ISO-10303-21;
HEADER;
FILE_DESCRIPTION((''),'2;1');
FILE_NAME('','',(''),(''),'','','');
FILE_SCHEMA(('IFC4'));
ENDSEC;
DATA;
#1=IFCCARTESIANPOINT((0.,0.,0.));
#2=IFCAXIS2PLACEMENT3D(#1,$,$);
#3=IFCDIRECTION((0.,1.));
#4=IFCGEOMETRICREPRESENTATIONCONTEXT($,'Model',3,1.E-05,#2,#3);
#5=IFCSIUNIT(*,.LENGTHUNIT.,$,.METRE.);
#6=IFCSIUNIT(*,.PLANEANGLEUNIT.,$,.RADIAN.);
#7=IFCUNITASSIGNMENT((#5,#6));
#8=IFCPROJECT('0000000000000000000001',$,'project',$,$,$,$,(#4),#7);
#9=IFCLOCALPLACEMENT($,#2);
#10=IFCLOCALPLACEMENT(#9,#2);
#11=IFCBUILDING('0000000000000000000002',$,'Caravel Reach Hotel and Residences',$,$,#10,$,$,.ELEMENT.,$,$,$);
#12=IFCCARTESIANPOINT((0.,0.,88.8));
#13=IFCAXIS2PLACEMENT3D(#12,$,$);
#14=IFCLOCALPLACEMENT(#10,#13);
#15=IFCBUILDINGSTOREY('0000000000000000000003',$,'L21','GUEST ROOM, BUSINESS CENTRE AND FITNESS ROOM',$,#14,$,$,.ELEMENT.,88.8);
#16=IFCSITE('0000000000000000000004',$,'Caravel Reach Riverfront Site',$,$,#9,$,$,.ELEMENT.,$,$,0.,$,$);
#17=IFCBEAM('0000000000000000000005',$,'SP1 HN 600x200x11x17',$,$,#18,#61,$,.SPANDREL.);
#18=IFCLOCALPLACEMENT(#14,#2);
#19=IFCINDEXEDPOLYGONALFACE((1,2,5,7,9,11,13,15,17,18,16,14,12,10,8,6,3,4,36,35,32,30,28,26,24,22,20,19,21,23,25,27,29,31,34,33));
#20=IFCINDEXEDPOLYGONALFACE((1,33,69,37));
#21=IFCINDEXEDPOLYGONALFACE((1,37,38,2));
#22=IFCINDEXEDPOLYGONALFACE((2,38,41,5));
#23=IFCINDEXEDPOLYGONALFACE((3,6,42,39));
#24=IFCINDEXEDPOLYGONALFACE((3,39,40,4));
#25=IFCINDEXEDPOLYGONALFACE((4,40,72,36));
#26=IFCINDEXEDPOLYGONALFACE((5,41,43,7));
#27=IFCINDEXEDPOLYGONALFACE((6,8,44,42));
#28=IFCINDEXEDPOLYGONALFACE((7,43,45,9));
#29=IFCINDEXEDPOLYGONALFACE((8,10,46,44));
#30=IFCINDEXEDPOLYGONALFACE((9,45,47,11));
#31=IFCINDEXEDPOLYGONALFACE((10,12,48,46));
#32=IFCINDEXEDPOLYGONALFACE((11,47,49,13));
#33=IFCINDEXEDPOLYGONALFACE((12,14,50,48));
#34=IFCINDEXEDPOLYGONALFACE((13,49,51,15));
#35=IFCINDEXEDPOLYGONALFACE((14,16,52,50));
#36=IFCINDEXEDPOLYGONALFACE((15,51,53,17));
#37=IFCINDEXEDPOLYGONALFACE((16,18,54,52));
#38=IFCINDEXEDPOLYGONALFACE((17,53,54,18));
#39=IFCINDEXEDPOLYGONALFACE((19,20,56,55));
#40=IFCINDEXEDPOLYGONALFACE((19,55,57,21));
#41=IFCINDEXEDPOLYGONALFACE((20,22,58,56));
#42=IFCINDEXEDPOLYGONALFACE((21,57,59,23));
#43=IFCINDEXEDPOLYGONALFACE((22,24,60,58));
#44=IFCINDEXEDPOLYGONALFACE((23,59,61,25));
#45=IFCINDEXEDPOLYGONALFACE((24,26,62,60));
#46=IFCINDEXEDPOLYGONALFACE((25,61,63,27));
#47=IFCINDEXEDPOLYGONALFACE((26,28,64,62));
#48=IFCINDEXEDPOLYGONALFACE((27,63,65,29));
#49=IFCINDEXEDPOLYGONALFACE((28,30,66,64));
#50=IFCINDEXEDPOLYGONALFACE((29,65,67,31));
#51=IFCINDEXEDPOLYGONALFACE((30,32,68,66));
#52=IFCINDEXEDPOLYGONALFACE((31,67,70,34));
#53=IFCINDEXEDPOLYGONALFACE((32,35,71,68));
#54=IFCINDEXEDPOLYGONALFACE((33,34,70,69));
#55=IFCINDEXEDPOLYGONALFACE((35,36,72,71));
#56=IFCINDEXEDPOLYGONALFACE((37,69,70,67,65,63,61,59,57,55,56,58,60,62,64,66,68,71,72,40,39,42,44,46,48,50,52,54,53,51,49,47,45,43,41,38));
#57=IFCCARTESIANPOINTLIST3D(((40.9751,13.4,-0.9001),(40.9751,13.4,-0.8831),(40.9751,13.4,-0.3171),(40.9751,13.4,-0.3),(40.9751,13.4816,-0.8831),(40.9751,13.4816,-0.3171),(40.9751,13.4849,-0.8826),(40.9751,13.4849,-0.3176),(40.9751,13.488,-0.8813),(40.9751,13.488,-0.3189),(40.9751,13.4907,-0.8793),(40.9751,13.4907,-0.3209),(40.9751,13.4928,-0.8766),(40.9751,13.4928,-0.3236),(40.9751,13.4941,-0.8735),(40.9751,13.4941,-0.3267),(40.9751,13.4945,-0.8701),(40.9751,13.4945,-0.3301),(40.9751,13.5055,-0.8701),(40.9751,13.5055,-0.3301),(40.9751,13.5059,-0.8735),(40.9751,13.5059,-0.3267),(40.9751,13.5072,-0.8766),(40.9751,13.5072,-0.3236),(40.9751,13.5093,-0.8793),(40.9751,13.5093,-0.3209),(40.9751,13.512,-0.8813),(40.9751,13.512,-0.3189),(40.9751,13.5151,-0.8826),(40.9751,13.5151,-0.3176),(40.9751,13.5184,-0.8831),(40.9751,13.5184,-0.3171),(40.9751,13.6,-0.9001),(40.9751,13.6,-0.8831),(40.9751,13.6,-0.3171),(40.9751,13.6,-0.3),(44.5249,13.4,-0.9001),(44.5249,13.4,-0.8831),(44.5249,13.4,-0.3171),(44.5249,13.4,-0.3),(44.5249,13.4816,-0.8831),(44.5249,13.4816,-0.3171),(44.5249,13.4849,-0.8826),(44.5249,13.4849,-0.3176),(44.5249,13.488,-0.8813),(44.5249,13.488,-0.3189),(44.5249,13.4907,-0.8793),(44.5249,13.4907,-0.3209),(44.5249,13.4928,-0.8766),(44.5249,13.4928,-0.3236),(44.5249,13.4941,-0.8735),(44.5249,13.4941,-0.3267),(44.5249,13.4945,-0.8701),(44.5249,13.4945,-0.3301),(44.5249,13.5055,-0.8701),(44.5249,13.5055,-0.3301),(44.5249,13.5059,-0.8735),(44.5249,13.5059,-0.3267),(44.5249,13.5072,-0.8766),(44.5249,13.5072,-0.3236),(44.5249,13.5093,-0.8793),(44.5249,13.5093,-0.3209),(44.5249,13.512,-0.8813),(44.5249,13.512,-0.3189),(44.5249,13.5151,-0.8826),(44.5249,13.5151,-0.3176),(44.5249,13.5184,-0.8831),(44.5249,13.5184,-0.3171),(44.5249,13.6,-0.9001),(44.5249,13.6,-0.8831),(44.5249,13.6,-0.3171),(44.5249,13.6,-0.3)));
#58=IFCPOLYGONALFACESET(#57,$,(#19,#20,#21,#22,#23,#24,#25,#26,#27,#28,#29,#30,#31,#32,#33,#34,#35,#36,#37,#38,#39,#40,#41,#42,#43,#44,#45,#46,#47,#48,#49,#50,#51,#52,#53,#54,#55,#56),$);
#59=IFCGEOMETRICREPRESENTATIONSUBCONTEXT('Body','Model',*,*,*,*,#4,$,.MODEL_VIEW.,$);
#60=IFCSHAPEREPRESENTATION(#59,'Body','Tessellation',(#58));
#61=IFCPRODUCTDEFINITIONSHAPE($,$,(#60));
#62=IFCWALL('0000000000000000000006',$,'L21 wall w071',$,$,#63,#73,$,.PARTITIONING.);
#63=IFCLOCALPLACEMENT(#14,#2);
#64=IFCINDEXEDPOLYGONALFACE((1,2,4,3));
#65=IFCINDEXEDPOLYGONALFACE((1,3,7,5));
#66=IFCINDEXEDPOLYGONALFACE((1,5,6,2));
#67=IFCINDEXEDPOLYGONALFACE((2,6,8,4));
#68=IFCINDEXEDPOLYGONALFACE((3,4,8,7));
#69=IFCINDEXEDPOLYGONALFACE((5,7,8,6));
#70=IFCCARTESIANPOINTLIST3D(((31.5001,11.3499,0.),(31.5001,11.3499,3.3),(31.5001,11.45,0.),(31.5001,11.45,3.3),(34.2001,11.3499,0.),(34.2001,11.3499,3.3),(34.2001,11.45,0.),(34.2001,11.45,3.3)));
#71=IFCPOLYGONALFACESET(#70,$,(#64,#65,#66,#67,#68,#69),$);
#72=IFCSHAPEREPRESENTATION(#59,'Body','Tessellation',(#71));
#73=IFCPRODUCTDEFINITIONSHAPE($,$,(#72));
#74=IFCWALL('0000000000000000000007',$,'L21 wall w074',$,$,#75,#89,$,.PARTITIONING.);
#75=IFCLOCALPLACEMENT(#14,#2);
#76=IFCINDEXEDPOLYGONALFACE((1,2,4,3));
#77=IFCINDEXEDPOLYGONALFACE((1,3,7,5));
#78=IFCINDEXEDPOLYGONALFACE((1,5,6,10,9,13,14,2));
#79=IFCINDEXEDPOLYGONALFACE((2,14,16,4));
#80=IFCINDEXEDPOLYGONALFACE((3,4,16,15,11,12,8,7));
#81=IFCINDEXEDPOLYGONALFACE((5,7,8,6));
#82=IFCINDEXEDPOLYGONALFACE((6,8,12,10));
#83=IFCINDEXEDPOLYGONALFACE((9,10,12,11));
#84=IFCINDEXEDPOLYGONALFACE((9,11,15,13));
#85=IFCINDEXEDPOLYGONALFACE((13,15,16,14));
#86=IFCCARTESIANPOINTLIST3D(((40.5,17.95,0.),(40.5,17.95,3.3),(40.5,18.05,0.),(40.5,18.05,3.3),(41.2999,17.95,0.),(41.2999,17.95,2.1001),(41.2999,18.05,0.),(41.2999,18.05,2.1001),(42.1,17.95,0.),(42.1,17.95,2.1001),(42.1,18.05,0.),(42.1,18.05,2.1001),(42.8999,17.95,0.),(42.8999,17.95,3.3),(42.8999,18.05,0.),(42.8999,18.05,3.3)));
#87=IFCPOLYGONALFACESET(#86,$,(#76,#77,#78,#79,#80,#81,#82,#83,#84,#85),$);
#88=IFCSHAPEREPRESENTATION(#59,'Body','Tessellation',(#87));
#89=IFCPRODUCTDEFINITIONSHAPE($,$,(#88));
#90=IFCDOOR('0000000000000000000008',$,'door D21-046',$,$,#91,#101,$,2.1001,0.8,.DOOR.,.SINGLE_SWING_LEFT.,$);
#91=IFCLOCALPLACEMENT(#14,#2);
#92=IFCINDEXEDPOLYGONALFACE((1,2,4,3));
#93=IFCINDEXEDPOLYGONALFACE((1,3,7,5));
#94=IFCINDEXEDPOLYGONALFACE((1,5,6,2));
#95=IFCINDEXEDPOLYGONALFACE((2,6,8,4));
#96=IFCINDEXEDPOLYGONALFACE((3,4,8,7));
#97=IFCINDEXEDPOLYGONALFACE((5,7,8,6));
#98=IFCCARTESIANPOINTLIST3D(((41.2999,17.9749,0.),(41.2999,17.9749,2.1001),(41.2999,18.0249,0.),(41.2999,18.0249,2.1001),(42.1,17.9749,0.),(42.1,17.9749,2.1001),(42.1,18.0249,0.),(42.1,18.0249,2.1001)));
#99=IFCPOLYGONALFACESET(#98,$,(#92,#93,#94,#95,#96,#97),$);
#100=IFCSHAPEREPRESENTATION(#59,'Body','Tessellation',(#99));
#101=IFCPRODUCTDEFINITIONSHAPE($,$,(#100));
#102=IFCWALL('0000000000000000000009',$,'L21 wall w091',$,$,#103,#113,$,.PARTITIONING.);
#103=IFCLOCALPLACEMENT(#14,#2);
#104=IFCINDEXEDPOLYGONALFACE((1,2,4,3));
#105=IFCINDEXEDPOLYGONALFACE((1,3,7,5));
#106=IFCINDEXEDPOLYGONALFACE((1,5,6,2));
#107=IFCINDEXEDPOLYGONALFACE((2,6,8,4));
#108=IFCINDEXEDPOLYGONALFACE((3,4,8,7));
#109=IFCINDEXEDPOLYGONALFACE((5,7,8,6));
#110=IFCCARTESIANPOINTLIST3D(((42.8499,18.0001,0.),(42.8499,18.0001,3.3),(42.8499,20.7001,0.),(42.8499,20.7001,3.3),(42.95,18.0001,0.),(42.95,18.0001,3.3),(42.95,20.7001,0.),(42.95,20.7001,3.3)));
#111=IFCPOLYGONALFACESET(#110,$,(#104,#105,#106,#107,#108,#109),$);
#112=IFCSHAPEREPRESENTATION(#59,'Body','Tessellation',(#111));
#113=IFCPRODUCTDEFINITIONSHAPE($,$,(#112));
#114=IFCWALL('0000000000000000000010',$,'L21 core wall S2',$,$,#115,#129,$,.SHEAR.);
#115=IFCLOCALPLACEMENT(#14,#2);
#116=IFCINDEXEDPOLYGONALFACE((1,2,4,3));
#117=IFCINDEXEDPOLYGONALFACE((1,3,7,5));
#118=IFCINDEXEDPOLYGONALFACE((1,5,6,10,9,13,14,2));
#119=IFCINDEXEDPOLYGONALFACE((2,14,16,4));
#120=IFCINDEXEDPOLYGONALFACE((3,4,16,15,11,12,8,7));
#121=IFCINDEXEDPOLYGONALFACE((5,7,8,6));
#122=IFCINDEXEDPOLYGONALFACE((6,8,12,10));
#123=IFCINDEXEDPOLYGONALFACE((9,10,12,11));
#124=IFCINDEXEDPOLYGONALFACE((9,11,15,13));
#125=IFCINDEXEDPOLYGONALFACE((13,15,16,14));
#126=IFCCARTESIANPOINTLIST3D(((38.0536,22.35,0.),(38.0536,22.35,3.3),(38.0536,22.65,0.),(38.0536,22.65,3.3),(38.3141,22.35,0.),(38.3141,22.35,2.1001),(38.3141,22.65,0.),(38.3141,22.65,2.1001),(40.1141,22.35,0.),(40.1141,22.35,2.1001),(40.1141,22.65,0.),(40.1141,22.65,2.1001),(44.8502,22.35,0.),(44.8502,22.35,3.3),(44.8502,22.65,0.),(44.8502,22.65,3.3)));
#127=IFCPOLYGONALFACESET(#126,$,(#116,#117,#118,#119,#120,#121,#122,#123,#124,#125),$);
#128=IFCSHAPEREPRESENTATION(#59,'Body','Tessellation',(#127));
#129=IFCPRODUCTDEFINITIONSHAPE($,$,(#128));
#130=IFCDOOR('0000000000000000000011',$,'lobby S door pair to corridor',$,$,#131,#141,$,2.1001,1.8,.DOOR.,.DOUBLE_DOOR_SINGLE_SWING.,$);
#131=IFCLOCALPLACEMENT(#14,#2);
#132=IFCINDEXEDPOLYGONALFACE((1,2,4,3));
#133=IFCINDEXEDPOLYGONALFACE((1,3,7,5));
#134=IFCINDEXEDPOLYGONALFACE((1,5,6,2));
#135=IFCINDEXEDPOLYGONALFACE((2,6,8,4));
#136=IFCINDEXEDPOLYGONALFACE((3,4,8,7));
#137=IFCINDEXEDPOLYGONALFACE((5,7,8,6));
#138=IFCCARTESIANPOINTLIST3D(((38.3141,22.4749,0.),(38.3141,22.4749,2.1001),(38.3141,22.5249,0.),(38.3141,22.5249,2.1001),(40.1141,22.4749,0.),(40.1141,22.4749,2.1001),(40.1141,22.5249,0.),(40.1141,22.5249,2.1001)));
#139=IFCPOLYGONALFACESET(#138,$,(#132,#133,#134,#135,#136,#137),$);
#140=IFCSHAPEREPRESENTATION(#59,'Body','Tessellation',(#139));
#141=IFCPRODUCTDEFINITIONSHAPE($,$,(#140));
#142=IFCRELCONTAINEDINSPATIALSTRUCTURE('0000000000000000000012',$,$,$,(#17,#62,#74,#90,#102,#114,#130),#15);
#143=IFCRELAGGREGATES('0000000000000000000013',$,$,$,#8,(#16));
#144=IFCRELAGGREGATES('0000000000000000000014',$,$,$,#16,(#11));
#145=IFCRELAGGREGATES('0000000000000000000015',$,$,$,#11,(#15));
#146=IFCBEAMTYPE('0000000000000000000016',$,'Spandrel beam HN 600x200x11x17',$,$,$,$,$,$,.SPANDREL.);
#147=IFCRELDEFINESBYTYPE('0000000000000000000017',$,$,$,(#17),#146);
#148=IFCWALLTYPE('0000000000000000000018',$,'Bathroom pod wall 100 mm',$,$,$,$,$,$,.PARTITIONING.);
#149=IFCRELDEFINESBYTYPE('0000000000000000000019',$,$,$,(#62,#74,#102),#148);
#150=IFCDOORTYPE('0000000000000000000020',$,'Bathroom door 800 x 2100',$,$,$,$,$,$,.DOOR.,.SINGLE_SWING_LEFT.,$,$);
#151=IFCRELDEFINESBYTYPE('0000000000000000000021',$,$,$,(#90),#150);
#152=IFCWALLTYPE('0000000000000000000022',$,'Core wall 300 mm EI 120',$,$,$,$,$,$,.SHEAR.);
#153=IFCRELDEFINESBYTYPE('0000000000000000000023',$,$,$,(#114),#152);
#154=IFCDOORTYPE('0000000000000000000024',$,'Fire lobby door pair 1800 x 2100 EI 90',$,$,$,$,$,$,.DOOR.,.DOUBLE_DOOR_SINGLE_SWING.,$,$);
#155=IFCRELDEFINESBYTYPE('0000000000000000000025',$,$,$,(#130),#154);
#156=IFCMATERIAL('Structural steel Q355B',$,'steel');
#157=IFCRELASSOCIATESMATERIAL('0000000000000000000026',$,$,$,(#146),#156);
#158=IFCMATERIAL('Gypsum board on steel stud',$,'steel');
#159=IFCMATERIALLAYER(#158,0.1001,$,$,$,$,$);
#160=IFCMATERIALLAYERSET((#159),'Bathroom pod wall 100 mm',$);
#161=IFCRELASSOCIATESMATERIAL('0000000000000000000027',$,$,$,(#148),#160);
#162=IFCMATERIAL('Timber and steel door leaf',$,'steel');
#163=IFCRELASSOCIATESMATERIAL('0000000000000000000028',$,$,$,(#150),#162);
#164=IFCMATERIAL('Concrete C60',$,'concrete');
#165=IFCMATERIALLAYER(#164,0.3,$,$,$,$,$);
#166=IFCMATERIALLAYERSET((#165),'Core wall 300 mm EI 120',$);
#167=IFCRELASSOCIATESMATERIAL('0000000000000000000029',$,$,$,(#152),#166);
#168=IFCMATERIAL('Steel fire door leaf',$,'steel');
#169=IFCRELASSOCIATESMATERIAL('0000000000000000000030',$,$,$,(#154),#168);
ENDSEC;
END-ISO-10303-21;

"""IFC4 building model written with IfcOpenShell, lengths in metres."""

from ifc_helpers import new_model, si_unit, direction, frame, frame_2d, origin, origin_2d, place, context, subcontext, project, spatial, rectangle, i_section, extrude, material, layer, layer_set, material_profile, profile_set, type_object, element, fill, save


model = new_model("IFC4")

# Units and contexts
model_context = context("Model", 3, precision=1e-05, world=origin(), true_north=direction((0.0, 1.0)))
body_context = subcontext(model_context, "Body", "Model", "MODEL_VIEW")
ifc_project = project(units=[si_unit("LENGTHUNIT", "METRE"), si_unit("PLANEANGLEUNIT", "RADIAN")], contexts=[model_context])

# Site, building, storey
site_placement = place(None, origin())
site = spatial("IfcSite", under=ifc_project, at=site_placement, Name="Caravel Reach Riverfront Site", CompositionType="ELEMENT", RefElevation=0.0)
building_placement = place(site_placement, origin())
building = spatial("IfcBuilding", under=site, at=building_placement, Name="Caravel Reach Hotel and Residences", CompositionType="ELEMENT")
storey_placement = place(building_placement, frame((0.0, 0.0, 88.8)))
storey = spatial("IfcBuildingStorey", under=building, at=storey_placement, Name="L21", Description="GUEST ROOM, BUSINESS CENTRE AND FITNESS ROOM", CompositionType="ELEMENT", Elevation=88.8)

# Beam
ifc_material_1 = material(Name="Structural steel Q355B", Category="steel")
ifc_material_profile_1 = material_profile(ifc_material_1, i_section(OverallWidth=0.2, OverallDepth=0.6001, WebThickness=0.011, FlangeThickness=0.0171, FilletRadius=0.0129, at=origin_2d()), Name="HN 600x200x11x17")
ifc_profile_set_1 = profile_set([ifc_material_profile_1], Name="Structural steel Q355B")
beam_type_1 = type_object("IfcBeamType", Name="Spandrel beam HN 600x200x11x17", PredefinedType="SPANDREL", material=ifc_profile_set_1)
beam_1_placement = place(storey_placement, frame((40.9751, 13.5, -0.6001), z_axis=(1.0, 0.0, 0.0), x_axis=(0.0, 1.0, 0.0)))
element("IfcBeam", 1, at=beam_1_placement, inside=storey, type_object=beam_type_1, Name="SP1 HN 600x200x11x17", PredefinedType="SPANDREL", context=body_context, shape_type="SweptSolid", body=[
    extrude(i_section(OverallWidth=0.2, OverallDepth=0.6001, WebThickness=0.011, FlangeThickness=0.0171, FilletRadius=0.0129, at=origin_2d()), origin(), (0.0, 0.0, 1.0), 3.5498),
])

# Wall
ifc_material_2 = material(Name="Gypsum board on steel stud", Category="steel")
ifc_layer_1 = layer(ifc_material_2, 0.1001)
ifc_layer_set_1 = layer_set([ifc_layer_1], Name="Bathroom pod wall 100 mm")
wall_type_1 = type_object("IfcWallType", Name="Bathroom pod wall 100 mm", PredefinedType="PARTITIONING", material=ifc_layer_set_1)
wall_1_placement = place(storey_placement, frame((31.5, 11.3999, 0.0), z_axis=(0.0, 0.0, 1.0), x_axis=(1.0, 0.0, 0.0)))
element("IfcWall", 2, at=wall_1_placement, inside=storey, type_object=wall_type_1, Name="L21 wall w071", PredefinedType="PARTITIONING", context=body_context, shape_type="SweptSolid", body=[
    extrude(rectangle(XDim=2.7, YDim=0.1001, at=frame_2d((1.3501, 0.0))), origin(), (0.0, 0.0, 1.0), 3.3),
])

# Wall, opening, door
wall_2_placement = place(storey_placement, frame((40.5, 18.0, 0.0), z_axis=(0.0, 0.0, 1.0), x_axis=(1.0, 0.0, 0.0)))
wall_2 = element("IfcWall", 3, at=wall_2_placement, inside=storey, type_object=wall_type_1, Name="L21 wall w074", PredefinedType="PARTITIONING", context=body_context, shape_type="SweptSolid", body=[
    extrude(rectangle(XDim=2.3999, YDim=0.1001, at=frame_2d((1.2, 0.0))), origin(), (0.0, 0.0, 1.0), 3.3),
])
opening_1_placement = place(wall_2_placement, frame((0.8, 0.0, 0.0)))
opening_1 = element("IfcOpeningElement", 4, at=opening_1_placement, cuts=wall_2, PredefinedType="OPENING", context=body_context, shape_type="SweptSolid", body=[
    extrude(rectangle(XDim=0.8, YDim=2.1001, at=frame_2d((0.3999, 1.05))), frame((0.0, 0.0601, 0.0), z_axis=(0.0, -1.0, 0.0), x_axis=(1.0, 0.0, 0.0)), (0.0, 0.0, 1.0), 0.1201),
])
ifc_material_3 = material(Name="Timber and steel door leaf", Category="steel")
door_type_1 = type_object("IfcDoorType", Name="Bathroom door 800 x 2100", OperationType="SINGLE_SWING_LEFT", PredefinedType="DOOR", material=ifc_material_3)
door_1_placement = place(opening_1_placement, origin())
door_1 = element("IfcDoor", 5, at=door_1_placement, inside=storey, type_object=door_type_1, Name="door D21-046", OperationType="SINGLE_SWING_LEFT", OverallHeight=2.1001, OverallWidth=0.8, PredefinedType="DOOR", context=body_context, shape_type="SweptSolid", body=[
    extrude(rectangle(XDim=0.8, YDim=2.1001, at=frame_2d((0.3999, 1.05))), frame((0.0, 0.0249, 0.0), z_axis=(0.0, -1.0, 0.0), x_axis=(1.0, 0.0, 0.0)), (0.0, 0.0, 1.0), 0.05),
])
fill(opening_1, door_1)

# Wall
wall_3_placement = place(storey_placement, frame((42.8999, 18.0, 0.0), z_axis=(0.0, 0.0, 1.0), x_axis=(0.0, 1.0, 0.0)))
element("IfcWall", 6, at=wall_3_placement, inside=storey, type_object=wall_type_1, Name="L21 wall w091", PredefinedType="PARTITIONING", context=body_context, shape_type="SweptSolid", body=[
    extrude(rectangle(XDim=2.7, YDim=0.1001, at=frame_2d((1.3501, 0.0))), origin(), (0.0, 0.0, 1.0), 3.3),
])

# Wall, opening, door
ifc_material_4 = material(Name="Concrete C60", Category="concrete")
ifc_layer_2 = layer(ifc_material_4, 0.3)
ifc_layer_set_2 = layer_set([ifc_layer_2], Name="Core wall 300 mm EI 120")
wall_type_2 = type_object("IfcWallType", Name="Core wall 300 mm EI 120", PredefinedType="SHEAR", material=ifc_layer_set_2)
wall_4_placement = place(storey_placement, frame((38.0535, 22.5, 0.0), z_axis=(0.0, 0.0, 1.0), x_axis=(1.0, 0.0, 0.0)))
wall_4 = element("IfcWall", 7, at=wall_4_placement, inside=storey, type_object=wall_type_2, Name="L21 core wall S2", PredefinedType="SHEAR", context=body_context, shape_type="SweptSolid", body=[
    extrude(rectangle(XDim=6.7966, YDim=0.3, at=frame_2d((3.3984, 0.0))), origin(), (0.0, 0.0, 1.0), 3.3),
])
opening_2_placement = place(wall_4_placement, frame((0.2607, 0.0, 0.0)))
opening_2 = element("IfcOpeningElement", 8, at=opening_2_placement, cuts=wall_4, PredefinedType="OPENING", context=body_context, shape_type="SweptSolid", body=[
    extrude(rectangle(XDim=1.8, YDim=2.1001, at=frame_2d((0.8999, 1.05))), frame((0.0, 0.1599, 0.0), z_axis=(0.0, -1.0, 0.0), x_axis=(1.0, 0.0, 0.0)), (0.0, 0.0, 1.0), 0.3201),
])
ifc_material_5 = material(Name="Steel fire door leaf", Category="steel")
door_type_2 = type_object("IfcDoorType", Name="Fire lobby door pair 1800 x 2100 EI 90", OperationType="DOUBLE_DOOR_SINGLE_SWING", PredefinedType="DOOR", material=ifc_material_5)
door_2_placement = place(opening_2_placement, origin())
door_2 = element("IfcDoor", 9, at=door_2_placement, inside=storey, type_object=door_type_2, Name="lobby S door pair to corridor", OperationType="DOUBLE_DOOR_SINGLE_SWING", OverallHeight=2.1001, OverallWidth=1.8, PredefinedType="DOOR", context=body_context, shape_type="SweptSolid", body=[
    extrude(rectangle(XDim=1.8, YDim=2.1001, at=frame_2d((0.8999, 1.05))), frame((0.0, 0.0249, 0.0), z_axis=(0.0, -1.0, 0.0), x_axis=(1.0, 0.0, 0.0)), (0.0, 0.0, 1.0), 0.05),
])
fill(opening_2, door_2)

save(model, "model.ifc")
